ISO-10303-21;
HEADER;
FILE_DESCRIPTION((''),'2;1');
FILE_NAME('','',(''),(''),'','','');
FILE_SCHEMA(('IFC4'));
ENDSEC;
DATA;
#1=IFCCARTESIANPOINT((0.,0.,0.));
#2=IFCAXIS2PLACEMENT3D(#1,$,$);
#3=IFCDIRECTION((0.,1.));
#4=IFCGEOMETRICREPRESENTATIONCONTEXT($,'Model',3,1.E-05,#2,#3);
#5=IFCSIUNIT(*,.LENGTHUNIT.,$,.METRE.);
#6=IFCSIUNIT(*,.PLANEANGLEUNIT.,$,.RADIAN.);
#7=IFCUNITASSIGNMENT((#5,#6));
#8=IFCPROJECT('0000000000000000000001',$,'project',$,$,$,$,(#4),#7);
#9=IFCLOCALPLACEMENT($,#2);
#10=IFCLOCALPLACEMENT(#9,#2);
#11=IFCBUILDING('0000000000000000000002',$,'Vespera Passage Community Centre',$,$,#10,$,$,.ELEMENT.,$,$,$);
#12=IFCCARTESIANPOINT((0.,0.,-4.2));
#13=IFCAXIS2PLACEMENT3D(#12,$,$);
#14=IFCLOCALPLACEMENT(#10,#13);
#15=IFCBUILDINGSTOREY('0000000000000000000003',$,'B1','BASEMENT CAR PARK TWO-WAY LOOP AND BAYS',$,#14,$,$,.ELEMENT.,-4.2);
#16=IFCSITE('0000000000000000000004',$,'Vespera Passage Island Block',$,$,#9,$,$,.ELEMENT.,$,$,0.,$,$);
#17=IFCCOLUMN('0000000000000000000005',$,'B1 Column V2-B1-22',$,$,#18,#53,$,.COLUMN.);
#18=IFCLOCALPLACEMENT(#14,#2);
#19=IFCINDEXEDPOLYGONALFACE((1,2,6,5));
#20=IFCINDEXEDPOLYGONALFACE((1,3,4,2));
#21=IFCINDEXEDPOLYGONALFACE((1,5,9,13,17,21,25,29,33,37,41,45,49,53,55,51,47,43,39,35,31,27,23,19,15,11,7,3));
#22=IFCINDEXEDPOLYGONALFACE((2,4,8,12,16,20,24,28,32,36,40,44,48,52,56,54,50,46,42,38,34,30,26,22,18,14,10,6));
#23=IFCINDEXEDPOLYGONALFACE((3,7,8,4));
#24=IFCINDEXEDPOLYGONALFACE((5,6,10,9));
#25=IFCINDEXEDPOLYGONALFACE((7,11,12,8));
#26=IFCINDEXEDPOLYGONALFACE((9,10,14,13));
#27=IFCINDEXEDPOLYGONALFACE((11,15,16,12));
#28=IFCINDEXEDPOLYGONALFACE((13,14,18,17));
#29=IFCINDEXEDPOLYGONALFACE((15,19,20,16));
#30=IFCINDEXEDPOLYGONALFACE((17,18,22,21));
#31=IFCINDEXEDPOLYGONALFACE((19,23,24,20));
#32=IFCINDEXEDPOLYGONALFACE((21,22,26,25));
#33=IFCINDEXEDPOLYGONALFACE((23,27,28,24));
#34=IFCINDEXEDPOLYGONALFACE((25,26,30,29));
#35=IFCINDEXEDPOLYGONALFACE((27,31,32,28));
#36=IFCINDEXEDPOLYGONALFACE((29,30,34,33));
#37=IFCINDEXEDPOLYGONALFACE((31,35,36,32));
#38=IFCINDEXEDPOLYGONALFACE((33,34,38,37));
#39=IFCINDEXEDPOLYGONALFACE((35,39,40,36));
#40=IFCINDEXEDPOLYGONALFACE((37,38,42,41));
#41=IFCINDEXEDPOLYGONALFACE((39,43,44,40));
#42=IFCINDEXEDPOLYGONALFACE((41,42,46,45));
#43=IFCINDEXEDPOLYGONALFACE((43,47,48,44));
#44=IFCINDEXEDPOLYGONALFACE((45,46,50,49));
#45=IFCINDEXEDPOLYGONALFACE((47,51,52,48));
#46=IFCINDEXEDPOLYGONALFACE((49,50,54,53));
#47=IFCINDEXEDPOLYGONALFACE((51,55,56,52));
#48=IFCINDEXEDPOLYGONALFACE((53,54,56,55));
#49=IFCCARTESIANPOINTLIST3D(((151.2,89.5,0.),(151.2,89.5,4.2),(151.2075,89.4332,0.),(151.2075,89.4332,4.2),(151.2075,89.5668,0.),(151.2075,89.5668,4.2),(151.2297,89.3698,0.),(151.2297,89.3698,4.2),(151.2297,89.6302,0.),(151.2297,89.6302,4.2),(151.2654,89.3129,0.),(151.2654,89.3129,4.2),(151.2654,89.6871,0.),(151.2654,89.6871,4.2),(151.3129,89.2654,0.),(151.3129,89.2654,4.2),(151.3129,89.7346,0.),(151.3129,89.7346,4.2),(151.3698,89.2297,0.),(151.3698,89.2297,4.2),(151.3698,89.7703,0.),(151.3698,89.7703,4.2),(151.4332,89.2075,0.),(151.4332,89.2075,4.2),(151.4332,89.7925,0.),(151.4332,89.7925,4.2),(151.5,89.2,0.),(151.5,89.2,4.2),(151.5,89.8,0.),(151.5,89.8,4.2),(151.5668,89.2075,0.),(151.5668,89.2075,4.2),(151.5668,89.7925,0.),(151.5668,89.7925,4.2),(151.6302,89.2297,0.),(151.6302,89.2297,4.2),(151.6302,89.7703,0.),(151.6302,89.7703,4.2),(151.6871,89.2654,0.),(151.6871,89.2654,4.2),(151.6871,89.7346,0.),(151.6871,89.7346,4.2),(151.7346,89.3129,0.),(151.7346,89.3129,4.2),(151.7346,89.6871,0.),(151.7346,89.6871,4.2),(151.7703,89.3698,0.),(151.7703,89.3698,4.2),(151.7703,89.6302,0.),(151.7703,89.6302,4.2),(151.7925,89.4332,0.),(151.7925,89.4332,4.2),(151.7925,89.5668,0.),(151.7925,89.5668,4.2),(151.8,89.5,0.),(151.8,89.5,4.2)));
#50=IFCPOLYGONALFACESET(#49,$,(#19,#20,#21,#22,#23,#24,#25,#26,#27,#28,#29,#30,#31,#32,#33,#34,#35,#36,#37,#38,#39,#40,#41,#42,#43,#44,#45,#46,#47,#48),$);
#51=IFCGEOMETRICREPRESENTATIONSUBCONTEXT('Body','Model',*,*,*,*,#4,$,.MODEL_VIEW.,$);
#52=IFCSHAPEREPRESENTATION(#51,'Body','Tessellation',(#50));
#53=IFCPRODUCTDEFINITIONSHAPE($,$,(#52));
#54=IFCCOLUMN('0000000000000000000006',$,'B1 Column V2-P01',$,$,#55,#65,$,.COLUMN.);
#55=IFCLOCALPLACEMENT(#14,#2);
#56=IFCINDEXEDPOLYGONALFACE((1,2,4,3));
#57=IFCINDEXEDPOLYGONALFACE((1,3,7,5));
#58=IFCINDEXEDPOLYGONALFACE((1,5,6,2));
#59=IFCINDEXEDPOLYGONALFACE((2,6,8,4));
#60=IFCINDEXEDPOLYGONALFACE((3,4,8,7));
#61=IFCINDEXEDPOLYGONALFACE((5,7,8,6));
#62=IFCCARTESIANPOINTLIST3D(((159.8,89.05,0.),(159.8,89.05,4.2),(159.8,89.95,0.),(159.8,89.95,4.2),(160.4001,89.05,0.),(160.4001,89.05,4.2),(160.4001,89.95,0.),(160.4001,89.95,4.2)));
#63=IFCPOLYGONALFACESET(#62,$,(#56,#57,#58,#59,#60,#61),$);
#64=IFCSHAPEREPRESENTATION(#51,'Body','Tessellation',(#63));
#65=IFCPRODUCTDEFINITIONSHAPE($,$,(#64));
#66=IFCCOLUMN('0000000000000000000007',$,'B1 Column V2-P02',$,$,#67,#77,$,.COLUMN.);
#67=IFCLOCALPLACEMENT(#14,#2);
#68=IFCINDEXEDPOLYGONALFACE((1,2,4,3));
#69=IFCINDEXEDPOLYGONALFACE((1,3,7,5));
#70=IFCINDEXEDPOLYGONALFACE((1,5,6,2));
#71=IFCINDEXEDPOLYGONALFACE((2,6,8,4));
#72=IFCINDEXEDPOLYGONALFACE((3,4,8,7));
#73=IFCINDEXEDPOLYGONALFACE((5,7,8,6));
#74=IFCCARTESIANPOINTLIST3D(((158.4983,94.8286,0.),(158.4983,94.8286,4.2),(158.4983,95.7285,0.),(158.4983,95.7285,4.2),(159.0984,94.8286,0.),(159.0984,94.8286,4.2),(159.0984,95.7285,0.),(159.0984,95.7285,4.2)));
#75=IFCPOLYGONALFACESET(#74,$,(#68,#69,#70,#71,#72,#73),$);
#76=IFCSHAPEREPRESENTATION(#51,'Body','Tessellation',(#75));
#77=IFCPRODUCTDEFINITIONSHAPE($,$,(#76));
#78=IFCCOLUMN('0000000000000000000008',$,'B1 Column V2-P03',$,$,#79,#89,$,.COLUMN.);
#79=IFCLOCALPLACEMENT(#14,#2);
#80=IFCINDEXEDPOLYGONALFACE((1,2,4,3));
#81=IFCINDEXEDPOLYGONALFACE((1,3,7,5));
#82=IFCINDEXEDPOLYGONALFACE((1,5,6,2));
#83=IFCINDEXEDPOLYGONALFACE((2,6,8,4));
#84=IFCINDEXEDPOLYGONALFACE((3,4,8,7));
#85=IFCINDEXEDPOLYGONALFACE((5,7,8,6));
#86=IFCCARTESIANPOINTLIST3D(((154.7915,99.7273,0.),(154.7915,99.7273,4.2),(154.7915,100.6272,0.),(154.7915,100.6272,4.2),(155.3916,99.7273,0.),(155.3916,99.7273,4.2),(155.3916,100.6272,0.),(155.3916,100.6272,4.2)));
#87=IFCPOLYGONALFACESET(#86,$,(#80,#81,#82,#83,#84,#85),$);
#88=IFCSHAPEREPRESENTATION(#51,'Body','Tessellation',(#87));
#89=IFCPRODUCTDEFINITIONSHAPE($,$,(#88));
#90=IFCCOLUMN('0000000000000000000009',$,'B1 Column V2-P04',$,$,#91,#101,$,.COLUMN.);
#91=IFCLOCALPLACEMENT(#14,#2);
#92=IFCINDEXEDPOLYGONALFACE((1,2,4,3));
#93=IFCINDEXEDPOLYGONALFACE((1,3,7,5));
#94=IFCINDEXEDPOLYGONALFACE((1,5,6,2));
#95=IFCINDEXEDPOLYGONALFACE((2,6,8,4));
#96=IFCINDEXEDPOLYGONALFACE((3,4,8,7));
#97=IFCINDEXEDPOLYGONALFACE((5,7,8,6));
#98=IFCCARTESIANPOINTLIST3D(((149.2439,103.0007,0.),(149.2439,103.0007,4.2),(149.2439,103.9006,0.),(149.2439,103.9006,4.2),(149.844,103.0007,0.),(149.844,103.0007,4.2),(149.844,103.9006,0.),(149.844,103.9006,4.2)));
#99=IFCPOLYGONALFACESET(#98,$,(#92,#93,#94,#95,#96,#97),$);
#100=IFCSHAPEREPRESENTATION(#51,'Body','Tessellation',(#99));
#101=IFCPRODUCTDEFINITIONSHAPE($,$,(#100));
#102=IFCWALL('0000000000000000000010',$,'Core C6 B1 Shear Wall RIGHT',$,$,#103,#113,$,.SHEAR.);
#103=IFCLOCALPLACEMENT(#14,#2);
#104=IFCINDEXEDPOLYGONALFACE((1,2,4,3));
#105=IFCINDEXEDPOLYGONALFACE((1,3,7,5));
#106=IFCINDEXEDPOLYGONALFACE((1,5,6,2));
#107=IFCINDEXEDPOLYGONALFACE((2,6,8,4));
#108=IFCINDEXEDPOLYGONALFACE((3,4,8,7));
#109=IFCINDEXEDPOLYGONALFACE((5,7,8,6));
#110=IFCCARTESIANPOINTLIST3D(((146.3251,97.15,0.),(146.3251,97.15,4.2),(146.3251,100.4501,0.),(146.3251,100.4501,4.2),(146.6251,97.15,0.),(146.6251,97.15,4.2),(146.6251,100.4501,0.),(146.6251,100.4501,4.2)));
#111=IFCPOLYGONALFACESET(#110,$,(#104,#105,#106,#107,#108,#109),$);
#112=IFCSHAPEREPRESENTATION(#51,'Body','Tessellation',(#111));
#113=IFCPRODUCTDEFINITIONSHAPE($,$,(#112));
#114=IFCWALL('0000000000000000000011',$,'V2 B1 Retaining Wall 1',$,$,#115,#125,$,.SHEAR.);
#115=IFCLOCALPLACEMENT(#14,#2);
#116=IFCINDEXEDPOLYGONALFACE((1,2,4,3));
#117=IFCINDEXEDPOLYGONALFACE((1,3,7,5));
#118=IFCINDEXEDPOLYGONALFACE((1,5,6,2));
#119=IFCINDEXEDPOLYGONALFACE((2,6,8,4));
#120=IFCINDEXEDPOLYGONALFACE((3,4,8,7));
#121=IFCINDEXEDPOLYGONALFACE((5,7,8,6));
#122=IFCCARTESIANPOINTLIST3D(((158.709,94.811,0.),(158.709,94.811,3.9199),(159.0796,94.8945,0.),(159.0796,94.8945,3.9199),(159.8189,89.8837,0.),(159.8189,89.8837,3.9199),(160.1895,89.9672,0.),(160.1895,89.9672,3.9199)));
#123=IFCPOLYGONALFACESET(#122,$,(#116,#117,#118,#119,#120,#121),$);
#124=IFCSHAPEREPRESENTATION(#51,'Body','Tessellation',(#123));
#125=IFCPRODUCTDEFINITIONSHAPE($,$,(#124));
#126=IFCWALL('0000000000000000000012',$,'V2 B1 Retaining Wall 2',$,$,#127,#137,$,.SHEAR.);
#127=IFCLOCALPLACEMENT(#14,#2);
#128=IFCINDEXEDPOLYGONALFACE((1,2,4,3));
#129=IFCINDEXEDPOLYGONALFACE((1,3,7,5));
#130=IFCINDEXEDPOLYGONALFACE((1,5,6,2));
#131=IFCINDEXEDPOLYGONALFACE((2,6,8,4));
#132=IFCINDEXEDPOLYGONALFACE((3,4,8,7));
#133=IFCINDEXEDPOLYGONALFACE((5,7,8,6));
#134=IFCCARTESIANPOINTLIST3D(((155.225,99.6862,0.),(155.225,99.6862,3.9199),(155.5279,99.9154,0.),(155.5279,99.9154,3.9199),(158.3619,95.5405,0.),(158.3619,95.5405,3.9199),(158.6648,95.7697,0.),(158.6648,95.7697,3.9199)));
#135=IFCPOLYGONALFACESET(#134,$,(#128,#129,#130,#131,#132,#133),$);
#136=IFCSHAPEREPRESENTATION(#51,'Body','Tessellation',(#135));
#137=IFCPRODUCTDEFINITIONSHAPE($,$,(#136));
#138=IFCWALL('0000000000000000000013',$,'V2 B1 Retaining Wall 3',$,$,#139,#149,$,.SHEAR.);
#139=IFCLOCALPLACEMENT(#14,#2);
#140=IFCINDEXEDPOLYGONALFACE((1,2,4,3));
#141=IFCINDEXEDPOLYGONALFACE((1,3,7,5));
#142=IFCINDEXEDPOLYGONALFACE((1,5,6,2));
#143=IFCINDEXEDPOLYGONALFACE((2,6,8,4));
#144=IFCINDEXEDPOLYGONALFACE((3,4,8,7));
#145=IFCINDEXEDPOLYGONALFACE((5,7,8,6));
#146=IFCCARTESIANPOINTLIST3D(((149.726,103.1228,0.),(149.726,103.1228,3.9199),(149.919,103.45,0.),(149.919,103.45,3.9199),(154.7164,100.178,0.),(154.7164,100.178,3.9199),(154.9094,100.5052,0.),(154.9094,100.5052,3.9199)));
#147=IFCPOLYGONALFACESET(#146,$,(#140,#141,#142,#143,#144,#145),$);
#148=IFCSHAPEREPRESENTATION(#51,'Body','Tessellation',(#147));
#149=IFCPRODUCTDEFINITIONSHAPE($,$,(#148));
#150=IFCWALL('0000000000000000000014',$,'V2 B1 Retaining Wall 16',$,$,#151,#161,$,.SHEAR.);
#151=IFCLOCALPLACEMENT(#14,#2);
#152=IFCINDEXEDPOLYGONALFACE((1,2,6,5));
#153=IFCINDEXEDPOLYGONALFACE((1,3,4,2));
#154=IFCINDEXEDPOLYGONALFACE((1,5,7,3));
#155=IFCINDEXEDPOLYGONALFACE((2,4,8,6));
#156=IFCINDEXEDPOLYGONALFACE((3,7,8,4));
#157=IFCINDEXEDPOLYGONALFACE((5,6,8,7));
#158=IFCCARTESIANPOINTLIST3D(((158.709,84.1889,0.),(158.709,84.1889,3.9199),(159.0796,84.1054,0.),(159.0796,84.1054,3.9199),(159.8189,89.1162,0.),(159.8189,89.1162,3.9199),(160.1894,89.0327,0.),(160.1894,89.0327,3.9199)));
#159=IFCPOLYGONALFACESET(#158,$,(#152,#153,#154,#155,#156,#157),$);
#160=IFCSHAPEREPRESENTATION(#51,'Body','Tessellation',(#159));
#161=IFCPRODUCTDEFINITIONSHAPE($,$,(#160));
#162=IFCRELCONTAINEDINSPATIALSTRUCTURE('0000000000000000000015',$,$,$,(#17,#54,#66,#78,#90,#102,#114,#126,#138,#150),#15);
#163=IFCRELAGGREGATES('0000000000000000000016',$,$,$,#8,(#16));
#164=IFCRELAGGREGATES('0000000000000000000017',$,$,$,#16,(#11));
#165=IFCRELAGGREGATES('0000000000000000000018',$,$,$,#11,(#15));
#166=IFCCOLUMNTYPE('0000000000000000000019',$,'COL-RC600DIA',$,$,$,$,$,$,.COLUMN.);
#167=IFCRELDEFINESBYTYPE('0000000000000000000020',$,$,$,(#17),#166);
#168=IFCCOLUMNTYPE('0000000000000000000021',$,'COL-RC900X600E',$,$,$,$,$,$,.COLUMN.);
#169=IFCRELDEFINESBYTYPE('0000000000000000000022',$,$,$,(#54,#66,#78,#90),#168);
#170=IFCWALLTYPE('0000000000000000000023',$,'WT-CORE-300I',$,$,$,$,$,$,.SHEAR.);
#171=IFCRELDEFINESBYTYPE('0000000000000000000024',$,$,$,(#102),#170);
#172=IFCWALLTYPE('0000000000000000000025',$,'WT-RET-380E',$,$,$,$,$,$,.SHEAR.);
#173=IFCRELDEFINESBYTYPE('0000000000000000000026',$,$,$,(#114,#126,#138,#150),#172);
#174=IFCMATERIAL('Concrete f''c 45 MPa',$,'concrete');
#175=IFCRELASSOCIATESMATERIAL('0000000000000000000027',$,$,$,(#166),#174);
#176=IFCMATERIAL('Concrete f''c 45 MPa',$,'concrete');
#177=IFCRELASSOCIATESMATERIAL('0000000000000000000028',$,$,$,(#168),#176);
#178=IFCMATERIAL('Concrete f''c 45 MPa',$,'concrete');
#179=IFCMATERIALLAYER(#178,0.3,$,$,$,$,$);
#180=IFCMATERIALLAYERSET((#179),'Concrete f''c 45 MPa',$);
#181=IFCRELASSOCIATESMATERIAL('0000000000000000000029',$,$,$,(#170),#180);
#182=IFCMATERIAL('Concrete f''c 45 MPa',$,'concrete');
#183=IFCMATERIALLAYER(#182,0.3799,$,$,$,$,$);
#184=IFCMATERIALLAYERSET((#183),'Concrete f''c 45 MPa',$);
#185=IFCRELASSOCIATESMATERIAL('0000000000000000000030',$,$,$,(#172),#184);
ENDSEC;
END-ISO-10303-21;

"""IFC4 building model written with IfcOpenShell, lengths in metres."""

from ifc_helpers import new_model, si_unit, direction, frame, frame_2d, origin, origin_2d, place, context, subcontext, project, spatial, rectangle, circle, extrude, material, layer, layer_set, material_profile, profile_set, type_object, element, save


model = new_model("IFC4")

# Units and contexts
model_context = context("Model", 3, precision=1e-05, world=origin(), true_north=direction((0.0, 1.0)))
body_context = subcontext(model_context, "Body", "Model", "MODEL_VIEW")
ifc_project = project(units=[si_unit("LENGTHUNIT", "METRE"), si_unit("PLANEANGLEUNIT", "RADIAN")], contexts=[model_context])

# Site, building, storey
site_placement = place(None, origin())
site = spatial("IfcSite", under=ifc_project, at=site_placement, Name="Vespera Passage Island Block", CompositionType="ELEMENT", RefElevation=0.0)
building_placement = place(site_placement, origin())
building = spatial("IfcBuilding", under=site, at=building_placement, Name="Vespera Passage Community Centre", CompositionType="ELEMENT")
storey_placement = place(building_placement, frame((0.0, 0.0, -4.2)))
storey = spatial("IfcBuildingStorey", under=building, at=storey_placement, Name="B1", Description="BASEMENT CAR PARK TWO-WAY LOOP AND BAYS", CompositionType="ELEMENT", Elevation=-4.2)

# Columns
ifc_material_1 = material(Name="Concrete f'c 45 MPa", Category="concrete")
ifc_material_profile_1 = material_profile(ifc_material_1, circle(Radius=0.3, at=origin_2d()), Name="RC600DIA")
ifc_profile_set_1 = profile_set([ifc_material_profile_1], Name="Concrete f'c 45 MPa")
column_type_1 = type_object("IfcColumnType", Name="COL-RC600DIA", PredefinedType="COLUMN", material=ifc_profile_set_1)
column_placement = place(storey_placement, frame((151.5, 89.5, 0.0), z_axis=(0.0, 0.0, 1.0), x_axis=(1.0, 0.0, 0.0)))
element("IfcColumn", 1, at=column_placement, inside=storey, type_object=column_type_1, Name="B1 Column V2-B1-22", PredefinedType="COLUMN", context=body_context, shape_type="SweptSolid", body=[
    extrude(circle(Radius=0.3, at=origin_2d()), origin(), (0.0, 0.0, 1.0), 4.2),
])
ifc_material_2 = material(Name="Concrete f'c 45 MPa", Category="concrete")
ifc_material_profile_2 = material_profile(ifc_material_2, rectangle(XDim=0.6001, YDim=0.8999, at=origin_2d()), Name="RC900X600")
ifc_profile_set_2 = profile_set([ifc_material_profile_2], Name="Concrete f'c 45 MPa")
column_type_2 = type_object("IfcColumnType", Name="COL-RC900X600E", PredefinedType="COLUMN", material=ifc_profile_set_2)
for number, where, z_axis, x_axis, name in (
    (2, (160.1001, 89.5, 0.0), (0.0, 0.0, 1.0), (1.0, 0.0, 0.0), "B1 Column V2-P01"),
    (3, (158.7983, 95.2786, 0.0), (0.0, 0.0, 1.0), (1.0, 0.0, 0.0), "B1 Column V2-P02"),
    (4, (155.0916, 100.1772, 0.0), (0.0, 0.0, 1.0), (1.0, 0.0, 0.0), "B1 Column V2-P03"),
    (5, (149.5439, 103.4507, 0.0), (0.0, 0.0, 1.0), (1.0, 0.0, 0.0), "B1 Column V2-P04"),
):
    element("IfcColumn", number, at=place(storey_placement, frame(where, z_axis=z_axis, x_axis=x_axis)), inside=storey, type_object=column_type_2, Name=name, PredefinedType="COLUMN", context=body_context, shape_type="SweptSolid", body=[
        extrude(rectangle(XDim=0.6001, YDim=0.8999, at=origin_2d()), origin(), (0.0, 0.0, 1.0), 4.2),
    ])

# Shared definitions
ifc_material_3 = material(Name="Concrete f'c 45 MPa", Category="concrete")
ifc_layer_1 = layer(ifc_material_3, 0.3)
ifc_layer_set_1 = layer_set([ifc_layer_1], Name="Concrete f'c 45 MPa")
wall_type_1 = type_object("IfcWallType", Name="WT-CORE-300I", PredefinedType="SHEAR", material=ifc_layer_set_1)

# Walls
wall_1_placement = place(storey_placement, frame((146.4751, 100.45, 0.0), z_axis=(0.0, 0.0, 1.0), x_axis=(0.0, -1.0, 0.0)))
element("IfcWall", 6, at=wall_1_placement, inside=storey, type_object=wall_type_1, Name="Core C6 B1 Shear Wall RIGHT", PredefinedType="SHEAR", context=body_context, shape_type="SweptSolid", body=[
    extrude(rectangle(XDim=3.3, YDim=0.3, at=frame_2d((1.6499, 0.0))), origin(), (0.0, 0.0, 1.0), 4.2),
])
ifc_material_4 = material(Name="Concrete f'c 45 MPa", Category="concrete")
ifc_layer_2 = layer(ifc_material_4, 0.3799)
ifc_layer_set_2 = layer_set([ifc_layer_2], Name="Concrete f'c 45 MPa")
wall_type_2 = type_object("IfcWallType", Name="WT-RET-380E", PredefinedType="SHEAR", material=ifc_layer_set_2)
wall_2_placement = place(storey_placement, frame((158.8943, 94.8528, 0.0), z_axis=(0.0, 0.0, 1.0), x_axis=(0.219745, -0.975557, 0.0)))
element("IfcWall", 7, at=wall_2_placement, inside=storey, type_object=wall_type_2, Name="V2 B1 Retaining Wall 1", PredefinedType="SHEAR", context=body_context, shape_type="SweptSolid", body=[
    extrude(rectangle(XDim=5.0508, YDim=0.3799, at=frame_2d((2.5254, 0.0))), origin(), (0.0, 0.0, 1.0), 3.9199),
])
wall_3_placement = place(storey_placement, frame((155.3765, 99.8008, 0.0), z_axis=(0.0, 0.0, 1.0), x_axis=(0.603398, -0.79744, 0.0)))
element("IfcWall", 8, at=wall_3_placement, inside=storey, type_object=wall_type_2, Name="V2 B1 Retaining Wall 2", PredefinedType="SHEAR", context=body_context, shape_type="SweptSolid", body=[
    extrude(rectangle(XDim=5.1987, YDim=0.3799, at=frame_2d((2.5994, 0.0))), origin(), (0.0, 0.0, 1.0), 3.9199),
])
wall_4_placement = place(storey_placement, frame((149.8225, 103.2864, 0.0), z_axis=(0.0, 0.0, 1.0), x_axis=(0.861236, -0.508205, 0.0)))
element("IfcWall", 9, at=wall_4_placement, inside=storey, type_object=wall_type_2, Name="V2 B1 Retaining Wall 3", PredefinedType="SHEAR", context=body_context, shape_type="SweptSolid", body=[
    extrude(rectangle(XDim=5.7944, YDim=0.3799, at=frame_2d((2.8972, 0.0))), origin(), (0.0, 0.0, 1.0), 3.9199),
])
wall_5_placement = place(storey_placement, frame((160.0042, 89.0745, 0.0), z_axis=(0.0, 0.0, 1.0), x_axis=(-0.219745, -0.975557, 0.0)))
element("IfcWall", 10, at=wall_5_placement, inside=storey, type_object=wall_type_2, Name="V2 B1 Retaining Wall 16", PredefinedType="SHEAR", context=body_context, shape_type="SweptSolid", body=[
    extrude(rectangle(XDim=5.0508, YDim=0.3799, at=frame_2d((2.5254, 0.0))), origin(), (0.0, 0.0, 1.0), 3.9199),
])

save(model, "model.ifc")
